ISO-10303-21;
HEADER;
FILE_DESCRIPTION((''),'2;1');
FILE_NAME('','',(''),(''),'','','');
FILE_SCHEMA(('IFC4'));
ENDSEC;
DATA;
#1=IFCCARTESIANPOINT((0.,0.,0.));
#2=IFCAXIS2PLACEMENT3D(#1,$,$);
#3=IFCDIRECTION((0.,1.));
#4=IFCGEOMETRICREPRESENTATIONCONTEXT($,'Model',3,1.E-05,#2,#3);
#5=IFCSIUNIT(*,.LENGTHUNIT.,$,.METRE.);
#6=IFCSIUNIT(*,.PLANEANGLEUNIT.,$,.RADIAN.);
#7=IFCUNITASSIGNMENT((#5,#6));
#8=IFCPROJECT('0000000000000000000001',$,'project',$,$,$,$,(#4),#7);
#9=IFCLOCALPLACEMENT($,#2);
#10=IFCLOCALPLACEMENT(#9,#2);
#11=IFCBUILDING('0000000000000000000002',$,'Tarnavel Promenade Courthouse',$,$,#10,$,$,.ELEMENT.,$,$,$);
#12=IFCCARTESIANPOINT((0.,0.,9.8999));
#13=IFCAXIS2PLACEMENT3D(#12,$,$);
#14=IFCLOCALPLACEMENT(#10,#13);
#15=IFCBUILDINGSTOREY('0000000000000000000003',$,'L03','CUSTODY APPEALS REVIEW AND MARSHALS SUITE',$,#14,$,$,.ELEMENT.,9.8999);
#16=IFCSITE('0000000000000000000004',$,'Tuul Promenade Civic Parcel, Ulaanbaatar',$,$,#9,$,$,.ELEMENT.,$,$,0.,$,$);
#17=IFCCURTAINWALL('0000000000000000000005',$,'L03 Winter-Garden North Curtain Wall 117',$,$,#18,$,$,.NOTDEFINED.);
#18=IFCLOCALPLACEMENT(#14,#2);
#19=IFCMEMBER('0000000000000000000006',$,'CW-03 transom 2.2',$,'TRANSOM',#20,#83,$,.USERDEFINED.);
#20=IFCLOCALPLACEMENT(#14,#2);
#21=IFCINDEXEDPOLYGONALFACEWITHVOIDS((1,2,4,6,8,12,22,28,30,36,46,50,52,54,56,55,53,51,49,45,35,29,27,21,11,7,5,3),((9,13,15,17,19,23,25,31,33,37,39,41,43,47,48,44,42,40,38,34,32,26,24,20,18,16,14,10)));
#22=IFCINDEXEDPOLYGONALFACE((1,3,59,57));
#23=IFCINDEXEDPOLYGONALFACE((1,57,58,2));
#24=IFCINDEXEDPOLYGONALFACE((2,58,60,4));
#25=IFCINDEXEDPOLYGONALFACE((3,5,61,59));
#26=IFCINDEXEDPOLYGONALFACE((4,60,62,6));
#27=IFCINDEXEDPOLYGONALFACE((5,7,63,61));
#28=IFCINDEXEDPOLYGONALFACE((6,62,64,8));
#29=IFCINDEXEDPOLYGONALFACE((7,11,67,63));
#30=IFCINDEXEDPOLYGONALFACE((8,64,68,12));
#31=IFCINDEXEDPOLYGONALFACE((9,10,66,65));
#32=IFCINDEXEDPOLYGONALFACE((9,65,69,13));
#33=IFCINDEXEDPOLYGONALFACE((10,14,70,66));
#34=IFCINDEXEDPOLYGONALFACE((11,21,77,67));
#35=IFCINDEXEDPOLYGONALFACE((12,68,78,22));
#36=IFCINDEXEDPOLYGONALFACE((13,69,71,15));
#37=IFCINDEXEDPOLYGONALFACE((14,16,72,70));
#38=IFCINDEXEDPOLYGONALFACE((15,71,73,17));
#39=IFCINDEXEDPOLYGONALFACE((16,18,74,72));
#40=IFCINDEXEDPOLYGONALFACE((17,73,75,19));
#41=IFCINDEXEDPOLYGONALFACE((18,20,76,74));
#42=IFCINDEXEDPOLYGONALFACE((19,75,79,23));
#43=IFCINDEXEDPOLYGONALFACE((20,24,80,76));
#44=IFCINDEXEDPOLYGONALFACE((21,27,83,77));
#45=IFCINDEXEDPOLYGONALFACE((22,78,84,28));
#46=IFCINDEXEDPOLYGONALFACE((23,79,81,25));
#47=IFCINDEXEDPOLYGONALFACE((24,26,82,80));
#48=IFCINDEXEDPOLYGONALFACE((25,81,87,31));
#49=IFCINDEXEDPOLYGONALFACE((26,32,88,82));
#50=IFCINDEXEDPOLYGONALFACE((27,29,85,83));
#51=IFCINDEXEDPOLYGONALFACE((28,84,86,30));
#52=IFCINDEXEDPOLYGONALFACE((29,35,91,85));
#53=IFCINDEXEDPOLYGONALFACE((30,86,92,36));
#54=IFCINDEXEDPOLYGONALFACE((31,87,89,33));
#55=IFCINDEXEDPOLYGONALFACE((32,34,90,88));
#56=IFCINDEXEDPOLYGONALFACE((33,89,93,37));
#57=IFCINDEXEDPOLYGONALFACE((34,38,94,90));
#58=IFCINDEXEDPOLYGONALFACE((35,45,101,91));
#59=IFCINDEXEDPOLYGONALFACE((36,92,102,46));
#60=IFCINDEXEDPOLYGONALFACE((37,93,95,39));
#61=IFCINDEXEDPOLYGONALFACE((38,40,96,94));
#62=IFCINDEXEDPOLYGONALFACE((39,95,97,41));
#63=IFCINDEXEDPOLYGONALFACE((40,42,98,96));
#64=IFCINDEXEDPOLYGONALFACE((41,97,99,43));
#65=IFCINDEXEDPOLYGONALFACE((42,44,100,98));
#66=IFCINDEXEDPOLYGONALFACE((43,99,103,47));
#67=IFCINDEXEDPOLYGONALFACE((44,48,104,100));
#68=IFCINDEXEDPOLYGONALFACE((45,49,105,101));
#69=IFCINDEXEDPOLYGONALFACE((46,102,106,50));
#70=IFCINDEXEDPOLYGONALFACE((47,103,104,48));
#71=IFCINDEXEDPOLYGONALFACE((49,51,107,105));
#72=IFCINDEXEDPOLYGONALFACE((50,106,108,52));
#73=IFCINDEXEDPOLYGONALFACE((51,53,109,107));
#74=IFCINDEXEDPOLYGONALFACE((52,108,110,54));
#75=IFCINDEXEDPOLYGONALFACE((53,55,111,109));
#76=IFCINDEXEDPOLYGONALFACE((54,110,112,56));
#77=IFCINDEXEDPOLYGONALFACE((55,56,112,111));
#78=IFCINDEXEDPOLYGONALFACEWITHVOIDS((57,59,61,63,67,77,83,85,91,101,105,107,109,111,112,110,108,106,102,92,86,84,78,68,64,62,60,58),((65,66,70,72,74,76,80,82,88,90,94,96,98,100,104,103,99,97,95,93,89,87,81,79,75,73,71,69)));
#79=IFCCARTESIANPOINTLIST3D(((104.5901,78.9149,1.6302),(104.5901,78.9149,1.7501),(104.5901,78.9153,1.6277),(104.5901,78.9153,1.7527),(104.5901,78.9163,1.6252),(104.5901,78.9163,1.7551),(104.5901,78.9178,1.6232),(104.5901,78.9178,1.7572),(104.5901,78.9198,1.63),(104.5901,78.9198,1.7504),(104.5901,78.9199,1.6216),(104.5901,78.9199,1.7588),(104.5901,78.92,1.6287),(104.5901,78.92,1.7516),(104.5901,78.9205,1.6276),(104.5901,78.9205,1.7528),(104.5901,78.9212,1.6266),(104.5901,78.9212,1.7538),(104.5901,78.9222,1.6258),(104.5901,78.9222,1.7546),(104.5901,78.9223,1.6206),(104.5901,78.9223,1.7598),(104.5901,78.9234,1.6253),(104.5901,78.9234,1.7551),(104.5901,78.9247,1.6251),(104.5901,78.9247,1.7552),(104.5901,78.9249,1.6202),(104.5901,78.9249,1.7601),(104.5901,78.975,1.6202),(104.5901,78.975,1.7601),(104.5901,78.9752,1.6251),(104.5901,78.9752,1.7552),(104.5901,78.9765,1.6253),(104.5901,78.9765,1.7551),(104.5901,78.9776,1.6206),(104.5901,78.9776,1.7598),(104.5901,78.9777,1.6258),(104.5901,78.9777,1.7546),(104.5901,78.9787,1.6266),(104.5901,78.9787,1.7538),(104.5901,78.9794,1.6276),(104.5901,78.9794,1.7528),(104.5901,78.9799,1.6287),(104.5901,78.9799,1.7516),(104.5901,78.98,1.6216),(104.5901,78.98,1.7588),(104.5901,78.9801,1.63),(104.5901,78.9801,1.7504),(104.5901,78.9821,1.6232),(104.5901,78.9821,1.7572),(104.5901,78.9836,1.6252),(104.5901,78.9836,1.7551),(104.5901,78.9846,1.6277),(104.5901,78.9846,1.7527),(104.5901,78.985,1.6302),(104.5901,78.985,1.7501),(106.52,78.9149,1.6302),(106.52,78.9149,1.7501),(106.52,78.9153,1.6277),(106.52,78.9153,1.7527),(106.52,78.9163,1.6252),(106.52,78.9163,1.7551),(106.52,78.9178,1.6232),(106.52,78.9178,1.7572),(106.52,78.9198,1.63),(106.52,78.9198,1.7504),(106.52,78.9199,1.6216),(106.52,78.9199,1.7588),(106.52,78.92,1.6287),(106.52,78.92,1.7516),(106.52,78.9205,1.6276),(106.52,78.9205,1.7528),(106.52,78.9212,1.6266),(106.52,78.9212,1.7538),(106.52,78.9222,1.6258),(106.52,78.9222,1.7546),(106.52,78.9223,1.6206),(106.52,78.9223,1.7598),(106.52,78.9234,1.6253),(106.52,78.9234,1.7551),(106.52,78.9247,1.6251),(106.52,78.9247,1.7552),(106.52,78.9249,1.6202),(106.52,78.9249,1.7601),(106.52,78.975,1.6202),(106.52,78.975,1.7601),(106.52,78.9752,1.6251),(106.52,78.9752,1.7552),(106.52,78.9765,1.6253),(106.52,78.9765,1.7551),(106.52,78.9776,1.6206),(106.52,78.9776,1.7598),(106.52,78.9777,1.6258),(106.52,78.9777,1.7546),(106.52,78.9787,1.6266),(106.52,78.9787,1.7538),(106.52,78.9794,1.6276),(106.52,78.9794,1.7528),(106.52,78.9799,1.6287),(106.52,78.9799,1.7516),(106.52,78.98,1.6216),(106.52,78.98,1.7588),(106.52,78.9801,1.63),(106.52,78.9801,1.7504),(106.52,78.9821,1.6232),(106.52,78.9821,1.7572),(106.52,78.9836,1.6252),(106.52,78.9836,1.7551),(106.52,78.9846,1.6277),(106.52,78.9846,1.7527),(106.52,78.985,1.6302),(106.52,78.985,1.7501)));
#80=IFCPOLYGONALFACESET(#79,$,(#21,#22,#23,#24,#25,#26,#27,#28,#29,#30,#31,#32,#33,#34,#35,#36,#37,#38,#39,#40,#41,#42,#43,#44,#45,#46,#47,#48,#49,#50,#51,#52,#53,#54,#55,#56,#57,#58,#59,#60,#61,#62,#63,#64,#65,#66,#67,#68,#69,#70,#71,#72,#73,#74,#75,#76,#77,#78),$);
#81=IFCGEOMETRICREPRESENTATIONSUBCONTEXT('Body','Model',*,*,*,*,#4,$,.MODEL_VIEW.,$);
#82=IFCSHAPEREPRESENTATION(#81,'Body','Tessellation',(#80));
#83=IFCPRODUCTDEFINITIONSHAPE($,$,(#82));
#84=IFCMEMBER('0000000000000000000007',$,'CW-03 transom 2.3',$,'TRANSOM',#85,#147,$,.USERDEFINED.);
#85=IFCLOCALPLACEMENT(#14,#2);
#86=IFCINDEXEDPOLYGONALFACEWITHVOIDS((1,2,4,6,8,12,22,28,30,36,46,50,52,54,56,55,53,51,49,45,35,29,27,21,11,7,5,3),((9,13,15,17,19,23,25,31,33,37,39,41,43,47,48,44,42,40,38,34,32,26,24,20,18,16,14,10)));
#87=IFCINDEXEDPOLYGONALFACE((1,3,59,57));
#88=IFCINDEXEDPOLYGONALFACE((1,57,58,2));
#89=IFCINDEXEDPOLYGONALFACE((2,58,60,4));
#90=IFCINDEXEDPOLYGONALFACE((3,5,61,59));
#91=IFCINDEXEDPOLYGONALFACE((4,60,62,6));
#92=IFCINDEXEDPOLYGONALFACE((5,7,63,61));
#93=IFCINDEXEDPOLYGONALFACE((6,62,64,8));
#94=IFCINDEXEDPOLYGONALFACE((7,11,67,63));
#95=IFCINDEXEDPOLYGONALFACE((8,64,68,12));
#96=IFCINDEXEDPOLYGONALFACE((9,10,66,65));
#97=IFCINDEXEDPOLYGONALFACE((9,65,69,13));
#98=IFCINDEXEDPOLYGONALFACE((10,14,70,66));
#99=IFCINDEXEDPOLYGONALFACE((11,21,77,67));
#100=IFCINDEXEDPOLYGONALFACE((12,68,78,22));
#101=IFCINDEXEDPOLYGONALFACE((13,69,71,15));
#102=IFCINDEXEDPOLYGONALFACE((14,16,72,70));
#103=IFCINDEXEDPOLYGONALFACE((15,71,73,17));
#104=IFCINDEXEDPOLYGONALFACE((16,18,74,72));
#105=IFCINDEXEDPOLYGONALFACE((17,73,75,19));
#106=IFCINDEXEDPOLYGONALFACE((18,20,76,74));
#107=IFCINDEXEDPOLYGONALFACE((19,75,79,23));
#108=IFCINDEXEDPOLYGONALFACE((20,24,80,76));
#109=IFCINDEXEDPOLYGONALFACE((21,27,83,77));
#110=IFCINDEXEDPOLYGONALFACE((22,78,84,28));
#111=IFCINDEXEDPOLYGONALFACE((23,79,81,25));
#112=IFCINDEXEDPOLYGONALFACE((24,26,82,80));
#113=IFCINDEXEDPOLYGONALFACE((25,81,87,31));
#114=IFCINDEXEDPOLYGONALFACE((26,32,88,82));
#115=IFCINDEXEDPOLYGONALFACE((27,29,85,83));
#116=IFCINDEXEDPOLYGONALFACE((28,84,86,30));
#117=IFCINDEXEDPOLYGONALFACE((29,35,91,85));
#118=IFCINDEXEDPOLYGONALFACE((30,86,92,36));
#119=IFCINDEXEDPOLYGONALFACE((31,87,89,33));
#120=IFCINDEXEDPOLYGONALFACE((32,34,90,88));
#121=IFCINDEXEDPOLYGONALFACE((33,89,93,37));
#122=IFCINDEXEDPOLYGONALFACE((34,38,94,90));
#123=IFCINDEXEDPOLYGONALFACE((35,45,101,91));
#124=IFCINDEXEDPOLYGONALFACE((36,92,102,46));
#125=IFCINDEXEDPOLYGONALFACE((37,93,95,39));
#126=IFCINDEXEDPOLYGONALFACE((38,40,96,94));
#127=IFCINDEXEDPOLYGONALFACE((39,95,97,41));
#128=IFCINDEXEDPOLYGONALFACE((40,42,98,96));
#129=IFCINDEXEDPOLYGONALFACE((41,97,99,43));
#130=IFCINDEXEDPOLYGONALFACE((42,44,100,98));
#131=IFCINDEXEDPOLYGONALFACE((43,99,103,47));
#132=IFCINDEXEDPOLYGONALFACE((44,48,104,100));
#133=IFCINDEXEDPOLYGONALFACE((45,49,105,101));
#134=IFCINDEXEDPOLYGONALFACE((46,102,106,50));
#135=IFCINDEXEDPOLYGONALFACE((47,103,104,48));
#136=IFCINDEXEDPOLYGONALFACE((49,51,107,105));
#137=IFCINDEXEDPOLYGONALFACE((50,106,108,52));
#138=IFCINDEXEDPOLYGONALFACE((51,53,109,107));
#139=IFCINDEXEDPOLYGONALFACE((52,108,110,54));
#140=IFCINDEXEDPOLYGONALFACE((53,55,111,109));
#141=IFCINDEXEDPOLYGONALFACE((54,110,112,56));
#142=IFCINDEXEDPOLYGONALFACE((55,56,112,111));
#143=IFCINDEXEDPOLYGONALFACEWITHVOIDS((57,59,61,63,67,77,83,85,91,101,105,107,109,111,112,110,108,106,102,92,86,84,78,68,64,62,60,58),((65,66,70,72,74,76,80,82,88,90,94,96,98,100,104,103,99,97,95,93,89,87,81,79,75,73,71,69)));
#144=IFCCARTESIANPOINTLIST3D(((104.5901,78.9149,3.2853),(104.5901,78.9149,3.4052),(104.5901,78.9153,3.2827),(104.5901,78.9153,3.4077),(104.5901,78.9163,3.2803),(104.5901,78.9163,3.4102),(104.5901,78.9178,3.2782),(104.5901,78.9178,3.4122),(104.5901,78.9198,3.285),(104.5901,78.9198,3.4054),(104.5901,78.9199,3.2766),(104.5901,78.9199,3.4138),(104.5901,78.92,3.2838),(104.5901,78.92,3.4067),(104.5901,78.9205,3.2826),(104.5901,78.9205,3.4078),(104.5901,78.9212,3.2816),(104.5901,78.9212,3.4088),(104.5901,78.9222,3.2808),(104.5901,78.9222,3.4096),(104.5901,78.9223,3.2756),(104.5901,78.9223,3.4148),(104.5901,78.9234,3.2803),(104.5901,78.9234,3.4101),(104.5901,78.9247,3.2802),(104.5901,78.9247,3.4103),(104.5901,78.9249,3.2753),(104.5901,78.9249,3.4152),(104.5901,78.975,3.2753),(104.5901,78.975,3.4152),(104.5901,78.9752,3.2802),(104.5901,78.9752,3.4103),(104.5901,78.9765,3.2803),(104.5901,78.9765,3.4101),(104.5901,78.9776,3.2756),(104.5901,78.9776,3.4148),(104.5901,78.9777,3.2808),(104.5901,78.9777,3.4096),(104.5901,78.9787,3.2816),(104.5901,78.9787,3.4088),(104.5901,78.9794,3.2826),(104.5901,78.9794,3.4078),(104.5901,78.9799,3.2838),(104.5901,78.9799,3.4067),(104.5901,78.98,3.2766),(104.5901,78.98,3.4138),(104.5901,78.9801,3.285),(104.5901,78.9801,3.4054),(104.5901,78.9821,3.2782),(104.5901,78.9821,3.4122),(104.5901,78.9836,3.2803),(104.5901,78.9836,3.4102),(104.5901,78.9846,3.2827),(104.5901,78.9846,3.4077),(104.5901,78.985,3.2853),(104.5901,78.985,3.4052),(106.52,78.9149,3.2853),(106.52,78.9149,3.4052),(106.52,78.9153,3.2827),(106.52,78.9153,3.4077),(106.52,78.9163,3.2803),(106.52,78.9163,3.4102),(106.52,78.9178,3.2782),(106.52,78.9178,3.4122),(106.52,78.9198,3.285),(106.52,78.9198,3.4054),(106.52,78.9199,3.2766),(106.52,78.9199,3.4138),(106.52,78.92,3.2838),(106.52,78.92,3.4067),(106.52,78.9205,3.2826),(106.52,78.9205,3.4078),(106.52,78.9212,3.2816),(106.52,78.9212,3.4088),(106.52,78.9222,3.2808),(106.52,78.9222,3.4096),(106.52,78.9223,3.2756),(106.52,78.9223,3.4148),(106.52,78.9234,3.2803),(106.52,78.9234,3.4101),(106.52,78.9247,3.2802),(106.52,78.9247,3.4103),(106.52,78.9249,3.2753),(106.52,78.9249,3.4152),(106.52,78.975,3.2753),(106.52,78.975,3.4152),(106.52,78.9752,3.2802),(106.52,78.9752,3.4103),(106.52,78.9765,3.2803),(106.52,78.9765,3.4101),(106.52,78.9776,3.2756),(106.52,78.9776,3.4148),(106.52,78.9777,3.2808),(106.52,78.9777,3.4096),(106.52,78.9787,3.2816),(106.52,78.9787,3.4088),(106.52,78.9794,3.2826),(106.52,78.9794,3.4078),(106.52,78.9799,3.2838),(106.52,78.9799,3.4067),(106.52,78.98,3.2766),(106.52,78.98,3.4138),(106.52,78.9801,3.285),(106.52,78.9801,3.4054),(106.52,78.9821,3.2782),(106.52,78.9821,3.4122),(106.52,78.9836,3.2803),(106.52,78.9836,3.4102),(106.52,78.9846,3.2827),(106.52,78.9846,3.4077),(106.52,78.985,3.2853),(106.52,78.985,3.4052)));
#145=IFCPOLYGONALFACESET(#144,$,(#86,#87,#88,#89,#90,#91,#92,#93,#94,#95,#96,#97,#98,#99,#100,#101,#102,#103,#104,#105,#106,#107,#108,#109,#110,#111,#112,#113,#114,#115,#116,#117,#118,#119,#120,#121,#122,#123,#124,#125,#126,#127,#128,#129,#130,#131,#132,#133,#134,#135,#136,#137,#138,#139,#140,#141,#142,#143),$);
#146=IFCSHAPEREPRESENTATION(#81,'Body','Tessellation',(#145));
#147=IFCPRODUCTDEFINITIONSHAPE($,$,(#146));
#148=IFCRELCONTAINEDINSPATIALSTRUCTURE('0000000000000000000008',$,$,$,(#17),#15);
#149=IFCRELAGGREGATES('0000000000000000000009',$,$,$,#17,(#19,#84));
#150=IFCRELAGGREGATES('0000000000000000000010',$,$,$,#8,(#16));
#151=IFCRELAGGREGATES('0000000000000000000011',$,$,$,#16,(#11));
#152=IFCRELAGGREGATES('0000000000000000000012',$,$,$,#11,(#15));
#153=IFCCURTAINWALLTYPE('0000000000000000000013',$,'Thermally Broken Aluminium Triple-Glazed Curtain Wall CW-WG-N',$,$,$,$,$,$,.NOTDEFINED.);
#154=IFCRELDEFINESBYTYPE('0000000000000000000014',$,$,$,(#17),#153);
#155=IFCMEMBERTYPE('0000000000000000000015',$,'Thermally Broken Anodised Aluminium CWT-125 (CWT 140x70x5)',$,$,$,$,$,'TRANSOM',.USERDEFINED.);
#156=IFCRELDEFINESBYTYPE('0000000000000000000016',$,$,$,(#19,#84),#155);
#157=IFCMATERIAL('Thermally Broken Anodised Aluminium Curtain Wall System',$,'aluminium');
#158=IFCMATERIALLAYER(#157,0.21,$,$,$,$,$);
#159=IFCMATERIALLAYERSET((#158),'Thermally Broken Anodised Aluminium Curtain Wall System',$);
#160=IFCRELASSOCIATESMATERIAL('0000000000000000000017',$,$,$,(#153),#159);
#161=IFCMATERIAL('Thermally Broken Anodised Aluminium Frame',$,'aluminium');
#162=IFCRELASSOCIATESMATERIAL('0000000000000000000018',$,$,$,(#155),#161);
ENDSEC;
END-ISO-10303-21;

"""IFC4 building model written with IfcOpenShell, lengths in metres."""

from ifc_helpers import new_model, si_unit, direction, frame, origin, origin_2d, place, context, subcontext, project, spatial, hollow_rectangle, extrude, material, layer, layer_set, material_profile, profile_set, type_object, element, aggregate, save


model = new_model("IFC4")

# Units and contexts
model_context = context("Model", 3, precision=1e-05, world=origin(), true_north=direction((0.0, 1.0)))
body_context = subcontext(model_context, "Body", "Model", "MODEL_VIEW")
ifc_project = project(units=[si_unit("LENGTHUNIT", "METRE"), si_unit("PLANEANGLEUNIT", "RADIAN")], contexts=[model_context])

# Site, building, storey
site_placement = place(None, origin())
site = spatial("IfcSite", under=ifc_project, at=site_placement, Name="Tuul Promenade Civic Parcel, Ulaanbaatar", CompositionType="ELEMENT", RefElevation=0.0)
building_placement = place(site_placement, origin())
building = spatial("IfcBuilding", under=site, at=building_placement, Name="Tarnavel Promenade Courthouse", CompositionType="ELEMENT")
storey_placement = place(building_placement, frame((0.0, 0.0, 9.8999)))
storey = spatial("IfcBuildingStorey", under=building, at=storey_placement, Name="L03", Description="CUSTODY APPEALS REVIEW AND MARSHALS SUITE", CompositionType="ELEMENT", Elevation=9.8999)

# Curtain wall
ifc_material_1 = material(Name="Thermally Broken Anodised Aluminium Curtain Wall System", Category="aluminium")
ifc_layer_1 = layer(ifc_material_1, 0.21)
ifc_layer_set_1 = layer_set([ifc_layer_1], Name="Thermally Broken Anodised Aluminium Curtain Wall System")
curtain_wall_type = type_object("IfcCurtainWallType", Name="Thermally Broken Aluminium Triple-Glazed Curtain Wall CW-WG-N", PredefinedType="NOTDEFINED", material=ifc_layer_set_1)
curtain_wall_1_placement = place(storey_placement, origin())
curtain_wall_1 = element("IfcCurtainWall", 1, at=curtain_wall_1_placement, inside=storey, type_object=curtain_wall_type, Name="L03 Winter-Garden North Curtain Wall 117", PredefinedType="NOTDEFINED")
ifc_material_2 = material(Name="Thermally Broken Anodised Aluminium Frame", Category="aluminium")

# Members
ifc_material_profile_1 = material_profile(ifc_material_2, hollow_rectangle(XDim=0.0701, YDim=0.1399, WallThickness=0.0049, InnerFilletRadius=0.0049, OuterFilletRadius=0.01, at=origin_2d()), Name="CWT 140x70x5")
ifc_profile_set_1 = profile_set([ifc_material_profile_1], Name="Thermally Broken Anodised Aluminium Frame")
member_type_1 = type_object("IfcMemberType", Name="Thermally Broken Anodised Aluminium CWT-125 (CWT 140x70x5)", ElementType="TRANSOM", PredefinedType="USERDEFINED", material=ifc_profile_set_1)
member_1_placement = place(storey_placement, frame((104.5901, 78.95, 1.6902), z_axis=(1.0, 0.0, 0.0), x_axis=(0.0, 1.0, 0.0)))
member_1 = element("IfcMember", 2, at=member_1_placement, type_object=member_type_1, Name="CW-03 transom 2.2", ObjectType="TRANSOM", PredefinedType="USERDEFINED", context=body_context, shape_type="SweptSolid", body=[
    extrude(hollow_rectangle(XDim=0.0701, YDim=0.1399, WallThickness=0.0049, InnerFilletRadius=0.0049, OuterFilletRadius=0.01, at=origin_2d()), origin(), (0.0, 0.0, 1.0), 1.9299),
])
member_2_placement = place(storey_placement, frame((104.5901, 78.95, 3.3452), z_axis=(1.0, 0.0, 0.0), x_axis=(0.0, 1.0, 0.0)))
member_2 = element("IfcMember", 3, at=member_2_placement, type_object=member_type_1, Name="CW-03 transom 2.3", ObjectType="TRANSOM", PredefinedType="USERDEFINED", context=body_context, shape_type="SweptSolid", body=[
    extrude(hollow_rectangle(XDim=0.0701, YDim=0.1399, WallThickness=0.0049, InnerFilletRadius=0.0049, OuterFilletRadius=0.01, at=origin_2d()), origin(), (0.0, 0.0, 1.0), 1.9299),
])

aggregate(curtain_wall_1, [member_1, member_2])

save(model, "model.ifc")
